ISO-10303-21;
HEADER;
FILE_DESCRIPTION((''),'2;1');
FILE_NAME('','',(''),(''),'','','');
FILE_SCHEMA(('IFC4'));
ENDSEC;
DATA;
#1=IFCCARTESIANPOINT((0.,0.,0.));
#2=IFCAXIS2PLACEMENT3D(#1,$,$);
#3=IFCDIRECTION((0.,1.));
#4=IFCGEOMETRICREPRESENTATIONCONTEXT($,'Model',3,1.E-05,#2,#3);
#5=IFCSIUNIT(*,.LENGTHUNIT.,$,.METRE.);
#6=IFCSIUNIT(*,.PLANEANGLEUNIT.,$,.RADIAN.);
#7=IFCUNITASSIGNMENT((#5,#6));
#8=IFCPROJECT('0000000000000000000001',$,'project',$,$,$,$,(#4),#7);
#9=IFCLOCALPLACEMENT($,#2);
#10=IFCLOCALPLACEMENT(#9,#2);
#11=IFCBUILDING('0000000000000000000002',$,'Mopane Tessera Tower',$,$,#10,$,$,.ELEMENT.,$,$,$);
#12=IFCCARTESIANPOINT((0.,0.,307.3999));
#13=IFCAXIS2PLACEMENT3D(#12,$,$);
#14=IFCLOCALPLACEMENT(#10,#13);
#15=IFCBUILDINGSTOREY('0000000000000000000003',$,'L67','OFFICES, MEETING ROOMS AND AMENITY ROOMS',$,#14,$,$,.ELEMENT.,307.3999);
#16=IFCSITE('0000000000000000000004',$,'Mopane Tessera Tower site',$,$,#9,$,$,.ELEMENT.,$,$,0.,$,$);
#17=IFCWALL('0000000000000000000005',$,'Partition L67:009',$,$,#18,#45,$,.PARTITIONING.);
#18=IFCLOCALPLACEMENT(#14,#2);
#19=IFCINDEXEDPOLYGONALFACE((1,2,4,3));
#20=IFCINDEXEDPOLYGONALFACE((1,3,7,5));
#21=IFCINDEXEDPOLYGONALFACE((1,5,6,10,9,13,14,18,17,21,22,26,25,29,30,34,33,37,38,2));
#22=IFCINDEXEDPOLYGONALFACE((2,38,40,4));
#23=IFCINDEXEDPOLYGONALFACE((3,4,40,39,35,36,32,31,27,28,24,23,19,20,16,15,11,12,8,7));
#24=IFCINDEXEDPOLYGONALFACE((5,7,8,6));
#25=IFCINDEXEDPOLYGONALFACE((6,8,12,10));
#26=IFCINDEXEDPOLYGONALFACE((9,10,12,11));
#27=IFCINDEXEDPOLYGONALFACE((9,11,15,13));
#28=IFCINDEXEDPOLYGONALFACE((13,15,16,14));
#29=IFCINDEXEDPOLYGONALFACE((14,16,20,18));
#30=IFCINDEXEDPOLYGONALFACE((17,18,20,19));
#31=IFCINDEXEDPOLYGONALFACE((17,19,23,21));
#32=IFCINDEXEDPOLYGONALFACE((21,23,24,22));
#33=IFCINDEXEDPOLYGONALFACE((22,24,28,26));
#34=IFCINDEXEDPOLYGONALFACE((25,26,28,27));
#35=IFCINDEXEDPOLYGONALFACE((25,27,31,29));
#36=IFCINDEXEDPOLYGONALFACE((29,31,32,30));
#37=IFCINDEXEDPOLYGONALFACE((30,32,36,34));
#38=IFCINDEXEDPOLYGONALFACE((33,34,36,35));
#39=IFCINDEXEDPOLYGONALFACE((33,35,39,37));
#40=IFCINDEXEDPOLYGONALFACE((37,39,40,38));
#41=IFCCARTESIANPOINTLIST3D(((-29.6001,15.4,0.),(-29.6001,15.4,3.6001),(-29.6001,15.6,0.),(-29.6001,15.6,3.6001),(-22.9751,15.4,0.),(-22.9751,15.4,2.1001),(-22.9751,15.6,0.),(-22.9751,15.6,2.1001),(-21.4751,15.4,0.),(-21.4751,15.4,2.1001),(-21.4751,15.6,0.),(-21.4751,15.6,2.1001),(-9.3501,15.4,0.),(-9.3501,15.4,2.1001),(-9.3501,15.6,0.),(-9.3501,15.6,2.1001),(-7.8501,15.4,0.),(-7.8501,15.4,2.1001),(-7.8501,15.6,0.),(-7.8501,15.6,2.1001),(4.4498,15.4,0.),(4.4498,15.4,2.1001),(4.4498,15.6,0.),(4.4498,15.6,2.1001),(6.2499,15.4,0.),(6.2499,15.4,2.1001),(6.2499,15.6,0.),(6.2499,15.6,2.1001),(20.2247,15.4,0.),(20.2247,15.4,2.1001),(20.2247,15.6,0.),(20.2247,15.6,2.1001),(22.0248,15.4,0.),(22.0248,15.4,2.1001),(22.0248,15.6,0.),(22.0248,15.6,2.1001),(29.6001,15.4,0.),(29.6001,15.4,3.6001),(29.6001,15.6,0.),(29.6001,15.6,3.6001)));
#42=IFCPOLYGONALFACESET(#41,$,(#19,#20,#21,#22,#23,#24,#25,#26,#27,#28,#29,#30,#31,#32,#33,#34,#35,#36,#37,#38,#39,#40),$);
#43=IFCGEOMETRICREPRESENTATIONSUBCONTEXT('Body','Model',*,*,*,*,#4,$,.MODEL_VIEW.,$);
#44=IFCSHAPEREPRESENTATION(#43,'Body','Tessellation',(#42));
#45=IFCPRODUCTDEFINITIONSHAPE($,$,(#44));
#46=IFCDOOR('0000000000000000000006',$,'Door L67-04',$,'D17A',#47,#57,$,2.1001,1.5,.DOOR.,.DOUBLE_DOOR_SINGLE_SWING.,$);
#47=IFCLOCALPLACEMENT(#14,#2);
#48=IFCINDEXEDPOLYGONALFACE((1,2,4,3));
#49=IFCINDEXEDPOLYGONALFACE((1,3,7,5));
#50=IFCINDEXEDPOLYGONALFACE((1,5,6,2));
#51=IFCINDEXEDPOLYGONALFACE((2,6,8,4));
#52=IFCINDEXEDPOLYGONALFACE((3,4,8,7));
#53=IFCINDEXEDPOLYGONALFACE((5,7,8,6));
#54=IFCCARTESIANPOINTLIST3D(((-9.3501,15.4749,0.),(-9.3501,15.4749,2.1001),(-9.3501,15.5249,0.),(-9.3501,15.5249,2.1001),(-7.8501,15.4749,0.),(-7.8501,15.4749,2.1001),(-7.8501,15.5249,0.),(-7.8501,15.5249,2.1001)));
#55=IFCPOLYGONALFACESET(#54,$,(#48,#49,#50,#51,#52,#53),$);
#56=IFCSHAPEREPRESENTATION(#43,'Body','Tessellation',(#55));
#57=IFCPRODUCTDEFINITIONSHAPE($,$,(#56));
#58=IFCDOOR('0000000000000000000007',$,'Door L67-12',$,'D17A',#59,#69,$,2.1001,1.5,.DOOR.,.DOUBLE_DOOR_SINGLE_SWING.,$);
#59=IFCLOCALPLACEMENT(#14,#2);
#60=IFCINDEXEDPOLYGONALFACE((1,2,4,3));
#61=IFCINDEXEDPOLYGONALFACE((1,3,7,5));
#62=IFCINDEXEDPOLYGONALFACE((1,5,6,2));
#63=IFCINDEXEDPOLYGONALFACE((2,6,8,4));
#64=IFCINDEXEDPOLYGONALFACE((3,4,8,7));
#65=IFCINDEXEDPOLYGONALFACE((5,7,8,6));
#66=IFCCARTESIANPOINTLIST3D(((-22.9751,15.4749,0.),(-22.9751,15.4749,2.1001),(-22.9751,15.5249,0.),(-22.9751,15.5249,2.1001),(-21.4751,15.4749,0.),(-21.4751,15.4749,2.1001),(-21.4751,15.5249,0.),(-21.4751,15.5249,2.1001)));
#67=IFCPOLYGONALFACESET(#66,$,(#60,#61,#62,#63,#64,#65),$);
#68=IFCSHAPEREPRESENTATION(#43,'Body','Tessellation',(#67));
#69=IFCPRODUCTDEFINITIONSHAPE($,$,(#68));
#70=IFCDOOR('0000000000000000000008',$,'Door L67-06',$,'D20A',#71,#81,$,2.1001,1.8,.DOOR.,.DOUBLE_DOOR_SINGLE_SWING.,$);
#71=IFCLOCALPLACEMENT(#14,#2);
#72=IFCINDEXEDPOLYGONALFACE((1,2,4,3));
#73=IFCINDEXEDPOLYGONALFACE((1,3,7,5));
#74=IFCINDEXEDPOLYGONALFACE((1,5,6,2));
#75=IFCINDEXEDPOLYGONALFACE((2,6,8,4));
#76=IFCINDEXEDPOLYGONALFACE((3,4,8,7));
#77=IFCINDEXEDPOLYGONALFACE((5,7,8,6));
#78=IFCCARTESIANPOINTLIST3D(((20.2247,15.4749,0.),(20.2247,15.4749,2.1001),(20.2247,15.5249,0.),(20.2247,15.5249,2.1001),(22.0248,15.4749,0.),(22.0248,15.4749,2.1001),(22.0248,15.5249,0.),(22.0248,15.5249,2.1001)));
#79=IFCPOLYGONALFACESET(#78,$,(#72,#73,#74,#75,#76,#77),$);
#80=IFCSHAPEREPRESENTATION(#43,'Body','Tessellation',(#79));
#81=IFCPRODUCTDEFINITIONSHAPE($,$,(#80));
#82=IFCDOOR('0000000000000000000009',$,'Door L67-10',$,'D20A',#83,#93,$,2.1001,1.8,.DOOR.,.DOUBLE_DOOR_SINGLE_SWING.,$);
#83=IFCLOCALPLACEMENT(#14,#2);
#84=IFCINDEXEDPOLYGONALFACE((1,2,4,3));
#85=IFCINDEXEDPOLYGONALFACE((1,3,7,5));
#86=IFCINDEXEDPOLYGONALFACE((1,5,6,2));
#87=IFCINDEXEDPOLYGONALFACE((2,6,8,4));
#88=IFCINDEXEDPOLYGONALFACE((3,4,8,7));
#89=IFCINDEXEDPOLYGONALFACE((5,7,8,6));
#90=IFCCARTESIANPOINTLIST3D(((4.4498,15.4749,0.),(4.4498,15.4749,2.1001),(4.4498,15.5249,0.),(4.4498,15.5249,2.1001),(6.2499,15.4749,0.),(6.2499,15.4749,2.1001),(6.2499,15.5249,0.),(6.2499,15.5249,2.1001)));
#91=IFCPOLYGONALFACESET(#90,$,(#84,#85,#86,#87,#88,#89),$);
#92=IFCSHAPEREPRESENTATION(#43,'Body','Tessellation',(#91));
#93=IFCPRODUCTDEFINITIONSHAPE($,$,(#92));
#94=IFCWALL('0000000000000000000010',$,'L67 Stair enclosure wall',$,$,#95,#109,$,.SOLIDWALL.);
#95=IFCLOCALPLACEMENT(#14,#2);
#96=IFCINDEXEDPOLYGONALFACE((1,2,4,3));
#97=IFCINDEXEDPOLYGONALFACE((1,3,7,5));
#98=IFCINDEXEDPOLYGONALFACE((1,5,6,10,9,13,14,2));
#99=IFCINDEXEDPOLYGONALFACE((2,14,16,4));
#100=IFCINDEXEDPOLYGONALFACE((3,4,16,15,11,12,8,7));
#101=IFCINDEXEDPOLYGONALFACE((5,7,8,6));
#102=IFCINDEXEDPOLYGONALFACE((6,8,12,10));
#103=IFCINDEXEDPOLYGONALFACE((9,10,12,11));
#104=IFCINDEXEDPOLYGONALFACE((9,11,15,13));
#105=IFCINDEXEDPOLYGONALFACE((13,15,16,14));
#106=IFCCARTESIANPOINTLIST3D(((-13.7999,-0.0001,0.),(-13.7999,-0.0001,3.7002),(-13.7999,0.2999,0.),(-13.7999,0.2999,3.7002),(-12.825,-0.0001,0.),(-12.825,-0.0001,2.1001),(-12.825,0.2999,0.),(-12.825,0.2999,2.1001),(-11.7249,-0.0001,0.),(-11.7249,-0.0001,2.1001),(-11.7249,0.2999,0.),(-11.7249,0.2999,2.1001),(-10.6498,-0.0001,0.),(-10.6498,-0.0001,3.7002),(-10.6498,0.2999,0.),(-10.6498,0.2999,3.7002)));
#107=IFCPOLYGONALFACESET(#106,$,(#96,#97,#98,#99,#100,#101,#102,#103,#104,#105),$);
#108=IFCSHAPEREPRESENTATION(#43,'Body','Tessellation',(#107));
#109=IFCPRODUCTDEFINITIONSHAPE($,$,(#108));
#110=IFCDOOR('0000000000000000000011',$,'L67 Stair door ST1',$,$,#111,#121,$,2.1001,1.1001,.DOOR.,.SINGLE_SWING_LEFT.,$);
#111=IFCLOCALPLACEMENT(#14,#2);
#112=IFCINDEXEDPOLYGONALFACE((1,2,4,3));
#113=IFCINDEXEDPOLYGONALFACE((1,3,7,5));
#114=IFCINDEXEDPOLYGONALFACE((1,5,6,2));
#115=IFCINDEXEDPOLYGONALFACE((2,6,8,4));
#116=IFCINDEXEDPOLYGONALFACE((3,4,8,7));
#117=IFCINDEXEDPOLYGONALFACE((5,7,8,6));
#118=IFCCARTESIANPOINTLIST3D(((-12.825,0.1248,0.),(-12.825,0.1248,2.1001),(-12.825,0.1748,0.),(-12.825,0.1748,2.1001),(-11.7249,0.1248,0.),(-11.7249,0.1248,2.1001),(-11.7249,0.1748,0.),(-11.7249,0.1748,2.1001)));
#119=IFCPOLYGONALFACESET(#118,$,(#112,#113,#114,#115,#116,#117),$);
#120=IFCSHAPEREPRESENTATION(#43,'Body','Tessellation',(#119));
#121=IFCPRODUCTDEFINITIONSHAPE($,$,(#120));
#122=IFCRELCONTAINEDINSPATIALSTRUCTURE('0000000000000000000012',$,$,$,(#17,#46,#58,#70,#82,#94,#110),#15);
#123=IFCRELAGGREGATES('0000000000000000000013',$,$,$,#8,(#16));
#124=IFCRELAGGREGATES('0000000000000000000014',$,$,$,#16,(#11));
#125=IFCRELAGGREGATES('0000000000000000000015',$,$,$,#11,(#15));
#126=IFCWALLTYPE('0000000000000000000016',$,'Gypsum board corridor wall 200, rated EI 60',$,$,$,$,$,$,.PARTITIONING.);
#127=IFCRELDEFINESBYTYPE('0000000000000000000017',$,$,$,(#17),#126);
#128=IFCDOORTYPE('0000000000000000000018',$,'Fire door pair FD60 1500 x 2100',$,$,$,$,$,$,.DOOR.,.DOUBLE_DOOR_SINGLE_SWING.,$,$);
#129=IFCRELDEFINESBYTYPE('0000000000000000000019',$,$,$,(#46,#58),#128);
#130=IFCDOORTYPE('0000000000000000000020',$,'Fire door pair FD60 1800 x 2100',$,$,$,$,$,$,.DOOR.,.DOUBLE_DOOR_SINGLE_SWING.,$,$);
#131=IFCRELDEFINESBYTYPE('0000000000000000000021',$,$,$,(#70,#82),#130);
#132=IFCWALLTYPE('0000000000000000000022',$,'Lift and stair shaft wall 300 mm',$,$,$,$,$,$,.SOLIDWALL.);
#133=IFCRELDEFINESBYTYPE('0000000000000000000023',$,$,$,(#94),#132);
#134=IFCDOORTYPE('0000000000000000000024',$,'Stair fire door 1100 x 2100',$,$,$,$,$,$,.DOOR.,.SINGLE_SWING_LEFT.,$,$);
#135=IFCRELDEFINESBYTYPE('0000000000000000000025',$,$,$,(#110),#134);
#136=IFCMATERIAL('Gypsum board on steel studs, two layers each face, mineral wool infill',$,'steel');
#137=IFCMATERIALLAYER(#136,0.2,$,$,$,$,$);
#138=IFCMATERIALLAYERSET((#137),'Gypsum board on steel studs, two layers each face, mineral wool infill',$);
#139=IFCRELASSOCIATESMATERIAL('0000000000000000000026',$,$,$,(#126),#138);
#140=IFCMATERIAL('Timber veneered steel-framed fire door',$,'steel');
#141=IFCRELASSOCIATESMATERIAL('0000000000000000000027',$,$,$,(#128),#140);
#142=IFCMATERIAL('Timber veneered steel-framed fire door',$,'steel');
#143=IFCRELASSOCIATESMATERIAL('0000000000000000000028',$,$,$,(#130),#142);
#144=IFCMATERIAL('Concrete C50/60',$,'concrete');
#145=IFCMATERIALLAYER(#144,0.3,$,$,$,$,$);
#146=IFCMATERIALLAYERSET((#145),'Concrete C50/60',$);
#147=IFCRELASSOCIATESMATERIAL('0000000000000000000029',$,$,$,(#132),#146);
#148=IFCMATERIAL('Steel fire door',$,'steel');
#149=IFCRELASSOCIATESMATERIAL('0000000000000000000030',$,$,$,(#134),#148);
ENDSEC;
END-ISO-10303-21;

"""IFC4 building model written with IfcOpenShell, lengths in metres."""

from ifc_helpers import new_model, si_unit, direction, frame, frame_2d, origin, place, context, subcontext, project, spatial, rectangle, extrude, material, layer, layer_set, type_object, element, fill, save


model = new_model("IFC4")

# Units and contexts
model_context = context("Model", 3, precision=1e-05, world=origin(), true_north=direction((0.0, 1.0)))
body_context = subcontext(model_context, "Body", "Model", "MODEL_VIEW")
ifc_project = project(units=[si_unit("LENGTHUNIT", "METRE"), si_unit("PLANEANGLEUNIT", "RADIAN")], contexts=[model_context])

# Site, building, storey
site_placement = place(None, origin())
site = spatial("IfcSite", under=ifc_project, at=site_placement, Name="Mopane Tessera Tower site", CompositionType="ELEMENT", RefElevation=0.0)
building_placement = place(site_placement, origin())
building = spatial("IfcBuilding", under=site, at=building_placement, Name="Mopane Tessera Tower", CompositionType="ELEMENT")
storey_placement = place(building_placement, frame((0.0, 0.0, 307.3999)))
storey = spatial("IfcBuildingStorey", under=building, at=storey_placement, Name="L67", Description="OFFICES, MEETING ROOMS AND AMENITY ROOMS", CompositionType="ELEMENT", Elevation=307.3999)

# Shared definitions
ifc_material_1 = material(Name="Gypsum board on steel studs, two layers each face, mineral wool infill", Category="steel")
ifc_layer_1 = layer(ifc_material_1, 0.2)
ifc_layer_set_1 = layer_set([ifc_layer_1], Name="Gypsum board on steel studs, two layers each face, mineral wool infill")
wall_type_1 = type_object("IfcWallType", Name="Gypsum board corridor wall 200, rated EI 60", PredefinedType="PARTITIONING", material=ifc_layer_set_1)
ifc_material_2 = material(Name="Timber veneered steel-framed fire door", Category="steel")
door_type_1 = type_object("IfcDoorType", Name="Fire door pair FD60 1500 x 2100", OperationType="DOUBLE_DOOR_SINGLE_SWING", PredefinedType="DOOR", material=ifc_material_2)

# Wall, openings, doors
wall_1_placement = place(storey_placement, frame((-29.6001, 15.5, 0.0), z_axis=(0.0, 0.0, 1.0), x_axis=(1.0, 0.0, 0.0)))
wall_1 = element("IfcWall", 1, at=wall_1_placement, inside=storey, type_object=wall_type_1, Name="Partition L67:009", PredefinedType="PARTITIONING", context=body_context, shape_type="SweptSolid", body=[
    extrude(rectangle(XDim=59.2002, YDim=0.2, at=frame_2d((29.6001, 0.0))), origin(), (0.0, 0.0, 1.0), 3.6001),
])
opening_1_placement = place(wall_1_placement, frame((20.25, 0.0, 0.0)))
opening_1 = element("IfcOpeningElement", 2, at=opening_1_placement, cuts=wall_1, PredefinedType="OPENING", context=body_context, shape_type="SweptSolid", body=[
    extrude(rectangle(XDim=1.5, YDim=2.1001, at=frame_2d((0.75, 1.05))), frame((0.0, 0.1121, 0.0), z_axis=(0.0, -1.0, 0.0), x_axis=(1.0, 0.0, 0.0)), (0.0, 0.0, 1.0), 0.2239),
])
opening_2_placement = place(wall_1_placement, frame((49.825, 0.0, 0.0)))
opening_2 = element("IfcOpeningElement", 3, at=opening_2_placement, cuts=wall_1, PredefinedType="OPENING", context=body_context, shape_type="SweptSolid", body=[
    extrude(rectangle(XDim=1.8, YDim=2.1001, at=frame_2d((0.8999, 1.05))), frame((0.0, 0.1121, 0.0), z_axis=(0.0, -1.0, 0.0), x_axis=(1.0, 0.0, 0.0)), (0.0, 0.0, 1.0), 0.2239),
])
opening_3_placement = place(wall_1_placement, frame((34.05, 0.0, 0.0)))
opening_3 = element("IfcOpeningElement", 4, at=opening_3_placement, cuts=wall_1, PredefinedType="OPENING", context=body_context, shape_type="SweptSolid", body=[
    extrude(rectangle(XDim=1.8, YDim=2.1001, at=frame_2d((0.8999, 1.05))), frame((0.0, 0.1121, 0.0), z_axis=(0.0, -1.0, 0.0), x_axis=(1.0, 0.0, 0.0)), (0.0, 0.0, 1.0), 0.2239),
])
opening_4_placement = place(wall_1_placement, frame((6.625, 0.0, 0.0)))
opening_4 = element("IfcOpeningElement", 5, at=opening_4_placement, cuts=wall_1, PredefinedType="OPENING", context=body_context, shape_type="SweptSolid", body=[
    extrude(rectangle(XDim=1.5, YDim=2.1001, at=frame_2d((0.75, 1.05))), frame((0.0, 0.1121, 0.0), z_axis=(0.0, -1.0, 0.0), x_axis=(1.0, 0.0, 0.0)), (0.0, 0.0, 1.0), 0.2239),
])
door_1_placement = place(opening_1_placement, origin())
door_1 = element("IfcDoor", 6, at=door_1_placement, inside=storey, type_object=door_type_1, Name="Door L67-04", ObjectType="D17A", OperationType="DOUBLE_DOOR_SINGLE_SWING", OverallHeight=2.1001, OverallWidth=1.5, PredefinedType="DOOR", context=body_context, shape_type="SweptSolid", body=[
    extrude(rectangle(XDim=1.5, YDim=2.1001, at=frame_2d((0.75, 1.05))), frame((0.0, 0.0249, 0.0), z_axis=(0.0, -1.0, 0.0), x_axis=(1.0, 0.0, 0.0)), (0.0, 0.0, 1.0), 0.05),
])
fill(opening_1, door_1)
door_2_placement = place(opening_4_placement, origin())
door_2 = element("IfcDoor", 7, at=door_2_placement, inside=storey, type_object=door_type_1, Name="Door L67-12", ObjectType="D17A", OperationType="DOUBLE_DOOR_SINGLE_SWING", OverallHeight=2.1001, OverallWidth=1.5, PredefinedType="DOOR", context=body_context, shape_type="SweptSolid", body=[
    extrude(rectangle(XDim=1.5, YDim=2.1001, at=frame_2d((0.75, 1.05))), frame((0.0, 0.0249, 0.0), z_axis=(0.0, -1.0, 0.0), x_axis=(1.0, 0.0, 0.0)), (0.0, 0.0, 1.0), 0.05),
])
fill(opening_4, door_2)
ifc_material_3 = material(Name="Timber veneered steel-framed fire door", Category="steel")
door_type_2 = type_object("IfcDoorType", Name="Fire door pair FD60 1800 x 2100", OperationType="DOUBLE_DOOR_SINGLE_SWING", PredefinedType="DOOR", material=ifc_material_3)
door_3_placement = place(opening_2_placement, origin())
door_3 = element("IfcDoor", 8, at=door_3_placement, inside=storey, type_object=door_type_2, Name="Door L67-06", ObjectType="D20A", OperationType="DOUBLE_DOOR_SINGLE_SWING", OverallHeight=2.1001, OverallWidth=1.8, PredefinedType="DOOR", context=body_context, shape_type="SweptSolid", body=[
    extrude(rectangle(XDim=1.8, YDim=2.1001, at=frame_2d((0.8999, 1.05))), frame((0.0, 0.0249, 0.0), z_axis=(0.0, -1.0, 0.0), x_axis=(1.0, 0.0, 0.0)), (0.0, 0.0, 1.0), 0.05),
])
fill(opening_2, door_3)
door_4_placement = place(opening_3_placement, origin())
door_4 = element("IfcDoor", 9, at=door_4_placement, inside=storey, type_object=door_type_2, Name="Door L67-10", ObjectType="D20A", OperationType="DOUBLE_DOOR_SINGLE_SWING", OverallHeight=2.1001, OverallWidth=1.8, PredefinedType="DOOR", context=body_context, shape_type="SweptSolid", body=[
    extrude(rectangle(XDim=1.8, YDim=2.1001, at=frame_2d((0.8999, 1.05))), frame((0.0, 0.0249, 0.0), z_axis=(0.0, -1.0, 0.0), x_axis=(1.0, 0.0, 0.0)), (0.0, 0.0, 1.0), 0.05),
])
fill(opening_3, door_4)

# Wall, opening, door
ifc_material_4 = material(Name="Concrete C50/60", Category="concrete")
ifc_layer_2 = layer(ifc_material_4, 0.3)
ifc_layer_set_2 = layer_set([ifc_layer_2], Name="Concrete C50/60")
wall_type_2 = type_object("IfcWallType", Name="Lift and stair shaft wall 300 mm", PredefinedType="SOLIDWALL", material=ifc_layer_set_2)
wall_2_placement = place(storey_placement, frame((-13.8, 0.1499, 0.0), z_axis=(0.0, 0.0, 1.0), x_axis=(1.0, 0.0, 0.0)))
wall_2 = element("IfcWall", 10, at=wall_2_placement, inside=storey, type_object=wall_type_2, Name="L67 Stair enclosure wall", PredefinedType="SOLIDWALL", context=body_context, shape_type="SweptSolid", body=[
    extrude(rectangle(XDim=3.1501, YDim=0.3, at=frame_2d((1.5752, 0.0))), origin(), (0.0, 0.0, 1.0), 3.7002),
])
opening_5_placement = place(wall_2_placement, frame((0.9751, 0.0, 0.0)))
opening_5 = element("IfcOpeningElement", 11, at=opening_5_placement, cuts=wall_2, PredefinedType="OPENING", context=body_context, shape_type="SweptSolid", body=[
    extrude(rectangle(XDim=1.1001, YDim=2.1001, at=frame_2d((0.55, 1.05))), frame((0.0, 0.1621, 0.0), z_axis=(0.0, -1.0, 0.0), x_axis=(1.0, 0.0, 0.0)), (0.0, 0.0, 1.0), 0.324),
])
ifc_material_5 = material(Name="Steel fire door", Category="steel")
door_type_3 = type_object("IfcDoorType", Name="Stair fire door 1100 x 2100", OperationType="SINGLE_SWING_LEFT", PredefinedType="DOOR", material=ifc_material_5)
door_5_placement = place(opening_5_placement, origin())
door_5 = element("IfcDoor", 12, at=door_5_placement, inside=storey, type_object=door_type_3, Name="L67 Stair door ST1", OperationType="SINGLE_SWING_LEFT", OverallHeight=2.1001, OverallWidth=1.1001, PredefinedType="DOOR", context=body_context, shape_type="SweptSolid", body=[
    extrude(rectangle(XDim=1.1001, YDim=2.1001, at=frame_2d((0.55, 1.05))), frame((0.0, 0.0249, 0.0), z_axis=(0.0, -1.0, 0.0), x_axis=(1.0, 0.0, 0.0)), (0.0, 0.0, 1.0), 0.05),
])
fill(opening_5, door_5)

save(model, "model.ifc")
